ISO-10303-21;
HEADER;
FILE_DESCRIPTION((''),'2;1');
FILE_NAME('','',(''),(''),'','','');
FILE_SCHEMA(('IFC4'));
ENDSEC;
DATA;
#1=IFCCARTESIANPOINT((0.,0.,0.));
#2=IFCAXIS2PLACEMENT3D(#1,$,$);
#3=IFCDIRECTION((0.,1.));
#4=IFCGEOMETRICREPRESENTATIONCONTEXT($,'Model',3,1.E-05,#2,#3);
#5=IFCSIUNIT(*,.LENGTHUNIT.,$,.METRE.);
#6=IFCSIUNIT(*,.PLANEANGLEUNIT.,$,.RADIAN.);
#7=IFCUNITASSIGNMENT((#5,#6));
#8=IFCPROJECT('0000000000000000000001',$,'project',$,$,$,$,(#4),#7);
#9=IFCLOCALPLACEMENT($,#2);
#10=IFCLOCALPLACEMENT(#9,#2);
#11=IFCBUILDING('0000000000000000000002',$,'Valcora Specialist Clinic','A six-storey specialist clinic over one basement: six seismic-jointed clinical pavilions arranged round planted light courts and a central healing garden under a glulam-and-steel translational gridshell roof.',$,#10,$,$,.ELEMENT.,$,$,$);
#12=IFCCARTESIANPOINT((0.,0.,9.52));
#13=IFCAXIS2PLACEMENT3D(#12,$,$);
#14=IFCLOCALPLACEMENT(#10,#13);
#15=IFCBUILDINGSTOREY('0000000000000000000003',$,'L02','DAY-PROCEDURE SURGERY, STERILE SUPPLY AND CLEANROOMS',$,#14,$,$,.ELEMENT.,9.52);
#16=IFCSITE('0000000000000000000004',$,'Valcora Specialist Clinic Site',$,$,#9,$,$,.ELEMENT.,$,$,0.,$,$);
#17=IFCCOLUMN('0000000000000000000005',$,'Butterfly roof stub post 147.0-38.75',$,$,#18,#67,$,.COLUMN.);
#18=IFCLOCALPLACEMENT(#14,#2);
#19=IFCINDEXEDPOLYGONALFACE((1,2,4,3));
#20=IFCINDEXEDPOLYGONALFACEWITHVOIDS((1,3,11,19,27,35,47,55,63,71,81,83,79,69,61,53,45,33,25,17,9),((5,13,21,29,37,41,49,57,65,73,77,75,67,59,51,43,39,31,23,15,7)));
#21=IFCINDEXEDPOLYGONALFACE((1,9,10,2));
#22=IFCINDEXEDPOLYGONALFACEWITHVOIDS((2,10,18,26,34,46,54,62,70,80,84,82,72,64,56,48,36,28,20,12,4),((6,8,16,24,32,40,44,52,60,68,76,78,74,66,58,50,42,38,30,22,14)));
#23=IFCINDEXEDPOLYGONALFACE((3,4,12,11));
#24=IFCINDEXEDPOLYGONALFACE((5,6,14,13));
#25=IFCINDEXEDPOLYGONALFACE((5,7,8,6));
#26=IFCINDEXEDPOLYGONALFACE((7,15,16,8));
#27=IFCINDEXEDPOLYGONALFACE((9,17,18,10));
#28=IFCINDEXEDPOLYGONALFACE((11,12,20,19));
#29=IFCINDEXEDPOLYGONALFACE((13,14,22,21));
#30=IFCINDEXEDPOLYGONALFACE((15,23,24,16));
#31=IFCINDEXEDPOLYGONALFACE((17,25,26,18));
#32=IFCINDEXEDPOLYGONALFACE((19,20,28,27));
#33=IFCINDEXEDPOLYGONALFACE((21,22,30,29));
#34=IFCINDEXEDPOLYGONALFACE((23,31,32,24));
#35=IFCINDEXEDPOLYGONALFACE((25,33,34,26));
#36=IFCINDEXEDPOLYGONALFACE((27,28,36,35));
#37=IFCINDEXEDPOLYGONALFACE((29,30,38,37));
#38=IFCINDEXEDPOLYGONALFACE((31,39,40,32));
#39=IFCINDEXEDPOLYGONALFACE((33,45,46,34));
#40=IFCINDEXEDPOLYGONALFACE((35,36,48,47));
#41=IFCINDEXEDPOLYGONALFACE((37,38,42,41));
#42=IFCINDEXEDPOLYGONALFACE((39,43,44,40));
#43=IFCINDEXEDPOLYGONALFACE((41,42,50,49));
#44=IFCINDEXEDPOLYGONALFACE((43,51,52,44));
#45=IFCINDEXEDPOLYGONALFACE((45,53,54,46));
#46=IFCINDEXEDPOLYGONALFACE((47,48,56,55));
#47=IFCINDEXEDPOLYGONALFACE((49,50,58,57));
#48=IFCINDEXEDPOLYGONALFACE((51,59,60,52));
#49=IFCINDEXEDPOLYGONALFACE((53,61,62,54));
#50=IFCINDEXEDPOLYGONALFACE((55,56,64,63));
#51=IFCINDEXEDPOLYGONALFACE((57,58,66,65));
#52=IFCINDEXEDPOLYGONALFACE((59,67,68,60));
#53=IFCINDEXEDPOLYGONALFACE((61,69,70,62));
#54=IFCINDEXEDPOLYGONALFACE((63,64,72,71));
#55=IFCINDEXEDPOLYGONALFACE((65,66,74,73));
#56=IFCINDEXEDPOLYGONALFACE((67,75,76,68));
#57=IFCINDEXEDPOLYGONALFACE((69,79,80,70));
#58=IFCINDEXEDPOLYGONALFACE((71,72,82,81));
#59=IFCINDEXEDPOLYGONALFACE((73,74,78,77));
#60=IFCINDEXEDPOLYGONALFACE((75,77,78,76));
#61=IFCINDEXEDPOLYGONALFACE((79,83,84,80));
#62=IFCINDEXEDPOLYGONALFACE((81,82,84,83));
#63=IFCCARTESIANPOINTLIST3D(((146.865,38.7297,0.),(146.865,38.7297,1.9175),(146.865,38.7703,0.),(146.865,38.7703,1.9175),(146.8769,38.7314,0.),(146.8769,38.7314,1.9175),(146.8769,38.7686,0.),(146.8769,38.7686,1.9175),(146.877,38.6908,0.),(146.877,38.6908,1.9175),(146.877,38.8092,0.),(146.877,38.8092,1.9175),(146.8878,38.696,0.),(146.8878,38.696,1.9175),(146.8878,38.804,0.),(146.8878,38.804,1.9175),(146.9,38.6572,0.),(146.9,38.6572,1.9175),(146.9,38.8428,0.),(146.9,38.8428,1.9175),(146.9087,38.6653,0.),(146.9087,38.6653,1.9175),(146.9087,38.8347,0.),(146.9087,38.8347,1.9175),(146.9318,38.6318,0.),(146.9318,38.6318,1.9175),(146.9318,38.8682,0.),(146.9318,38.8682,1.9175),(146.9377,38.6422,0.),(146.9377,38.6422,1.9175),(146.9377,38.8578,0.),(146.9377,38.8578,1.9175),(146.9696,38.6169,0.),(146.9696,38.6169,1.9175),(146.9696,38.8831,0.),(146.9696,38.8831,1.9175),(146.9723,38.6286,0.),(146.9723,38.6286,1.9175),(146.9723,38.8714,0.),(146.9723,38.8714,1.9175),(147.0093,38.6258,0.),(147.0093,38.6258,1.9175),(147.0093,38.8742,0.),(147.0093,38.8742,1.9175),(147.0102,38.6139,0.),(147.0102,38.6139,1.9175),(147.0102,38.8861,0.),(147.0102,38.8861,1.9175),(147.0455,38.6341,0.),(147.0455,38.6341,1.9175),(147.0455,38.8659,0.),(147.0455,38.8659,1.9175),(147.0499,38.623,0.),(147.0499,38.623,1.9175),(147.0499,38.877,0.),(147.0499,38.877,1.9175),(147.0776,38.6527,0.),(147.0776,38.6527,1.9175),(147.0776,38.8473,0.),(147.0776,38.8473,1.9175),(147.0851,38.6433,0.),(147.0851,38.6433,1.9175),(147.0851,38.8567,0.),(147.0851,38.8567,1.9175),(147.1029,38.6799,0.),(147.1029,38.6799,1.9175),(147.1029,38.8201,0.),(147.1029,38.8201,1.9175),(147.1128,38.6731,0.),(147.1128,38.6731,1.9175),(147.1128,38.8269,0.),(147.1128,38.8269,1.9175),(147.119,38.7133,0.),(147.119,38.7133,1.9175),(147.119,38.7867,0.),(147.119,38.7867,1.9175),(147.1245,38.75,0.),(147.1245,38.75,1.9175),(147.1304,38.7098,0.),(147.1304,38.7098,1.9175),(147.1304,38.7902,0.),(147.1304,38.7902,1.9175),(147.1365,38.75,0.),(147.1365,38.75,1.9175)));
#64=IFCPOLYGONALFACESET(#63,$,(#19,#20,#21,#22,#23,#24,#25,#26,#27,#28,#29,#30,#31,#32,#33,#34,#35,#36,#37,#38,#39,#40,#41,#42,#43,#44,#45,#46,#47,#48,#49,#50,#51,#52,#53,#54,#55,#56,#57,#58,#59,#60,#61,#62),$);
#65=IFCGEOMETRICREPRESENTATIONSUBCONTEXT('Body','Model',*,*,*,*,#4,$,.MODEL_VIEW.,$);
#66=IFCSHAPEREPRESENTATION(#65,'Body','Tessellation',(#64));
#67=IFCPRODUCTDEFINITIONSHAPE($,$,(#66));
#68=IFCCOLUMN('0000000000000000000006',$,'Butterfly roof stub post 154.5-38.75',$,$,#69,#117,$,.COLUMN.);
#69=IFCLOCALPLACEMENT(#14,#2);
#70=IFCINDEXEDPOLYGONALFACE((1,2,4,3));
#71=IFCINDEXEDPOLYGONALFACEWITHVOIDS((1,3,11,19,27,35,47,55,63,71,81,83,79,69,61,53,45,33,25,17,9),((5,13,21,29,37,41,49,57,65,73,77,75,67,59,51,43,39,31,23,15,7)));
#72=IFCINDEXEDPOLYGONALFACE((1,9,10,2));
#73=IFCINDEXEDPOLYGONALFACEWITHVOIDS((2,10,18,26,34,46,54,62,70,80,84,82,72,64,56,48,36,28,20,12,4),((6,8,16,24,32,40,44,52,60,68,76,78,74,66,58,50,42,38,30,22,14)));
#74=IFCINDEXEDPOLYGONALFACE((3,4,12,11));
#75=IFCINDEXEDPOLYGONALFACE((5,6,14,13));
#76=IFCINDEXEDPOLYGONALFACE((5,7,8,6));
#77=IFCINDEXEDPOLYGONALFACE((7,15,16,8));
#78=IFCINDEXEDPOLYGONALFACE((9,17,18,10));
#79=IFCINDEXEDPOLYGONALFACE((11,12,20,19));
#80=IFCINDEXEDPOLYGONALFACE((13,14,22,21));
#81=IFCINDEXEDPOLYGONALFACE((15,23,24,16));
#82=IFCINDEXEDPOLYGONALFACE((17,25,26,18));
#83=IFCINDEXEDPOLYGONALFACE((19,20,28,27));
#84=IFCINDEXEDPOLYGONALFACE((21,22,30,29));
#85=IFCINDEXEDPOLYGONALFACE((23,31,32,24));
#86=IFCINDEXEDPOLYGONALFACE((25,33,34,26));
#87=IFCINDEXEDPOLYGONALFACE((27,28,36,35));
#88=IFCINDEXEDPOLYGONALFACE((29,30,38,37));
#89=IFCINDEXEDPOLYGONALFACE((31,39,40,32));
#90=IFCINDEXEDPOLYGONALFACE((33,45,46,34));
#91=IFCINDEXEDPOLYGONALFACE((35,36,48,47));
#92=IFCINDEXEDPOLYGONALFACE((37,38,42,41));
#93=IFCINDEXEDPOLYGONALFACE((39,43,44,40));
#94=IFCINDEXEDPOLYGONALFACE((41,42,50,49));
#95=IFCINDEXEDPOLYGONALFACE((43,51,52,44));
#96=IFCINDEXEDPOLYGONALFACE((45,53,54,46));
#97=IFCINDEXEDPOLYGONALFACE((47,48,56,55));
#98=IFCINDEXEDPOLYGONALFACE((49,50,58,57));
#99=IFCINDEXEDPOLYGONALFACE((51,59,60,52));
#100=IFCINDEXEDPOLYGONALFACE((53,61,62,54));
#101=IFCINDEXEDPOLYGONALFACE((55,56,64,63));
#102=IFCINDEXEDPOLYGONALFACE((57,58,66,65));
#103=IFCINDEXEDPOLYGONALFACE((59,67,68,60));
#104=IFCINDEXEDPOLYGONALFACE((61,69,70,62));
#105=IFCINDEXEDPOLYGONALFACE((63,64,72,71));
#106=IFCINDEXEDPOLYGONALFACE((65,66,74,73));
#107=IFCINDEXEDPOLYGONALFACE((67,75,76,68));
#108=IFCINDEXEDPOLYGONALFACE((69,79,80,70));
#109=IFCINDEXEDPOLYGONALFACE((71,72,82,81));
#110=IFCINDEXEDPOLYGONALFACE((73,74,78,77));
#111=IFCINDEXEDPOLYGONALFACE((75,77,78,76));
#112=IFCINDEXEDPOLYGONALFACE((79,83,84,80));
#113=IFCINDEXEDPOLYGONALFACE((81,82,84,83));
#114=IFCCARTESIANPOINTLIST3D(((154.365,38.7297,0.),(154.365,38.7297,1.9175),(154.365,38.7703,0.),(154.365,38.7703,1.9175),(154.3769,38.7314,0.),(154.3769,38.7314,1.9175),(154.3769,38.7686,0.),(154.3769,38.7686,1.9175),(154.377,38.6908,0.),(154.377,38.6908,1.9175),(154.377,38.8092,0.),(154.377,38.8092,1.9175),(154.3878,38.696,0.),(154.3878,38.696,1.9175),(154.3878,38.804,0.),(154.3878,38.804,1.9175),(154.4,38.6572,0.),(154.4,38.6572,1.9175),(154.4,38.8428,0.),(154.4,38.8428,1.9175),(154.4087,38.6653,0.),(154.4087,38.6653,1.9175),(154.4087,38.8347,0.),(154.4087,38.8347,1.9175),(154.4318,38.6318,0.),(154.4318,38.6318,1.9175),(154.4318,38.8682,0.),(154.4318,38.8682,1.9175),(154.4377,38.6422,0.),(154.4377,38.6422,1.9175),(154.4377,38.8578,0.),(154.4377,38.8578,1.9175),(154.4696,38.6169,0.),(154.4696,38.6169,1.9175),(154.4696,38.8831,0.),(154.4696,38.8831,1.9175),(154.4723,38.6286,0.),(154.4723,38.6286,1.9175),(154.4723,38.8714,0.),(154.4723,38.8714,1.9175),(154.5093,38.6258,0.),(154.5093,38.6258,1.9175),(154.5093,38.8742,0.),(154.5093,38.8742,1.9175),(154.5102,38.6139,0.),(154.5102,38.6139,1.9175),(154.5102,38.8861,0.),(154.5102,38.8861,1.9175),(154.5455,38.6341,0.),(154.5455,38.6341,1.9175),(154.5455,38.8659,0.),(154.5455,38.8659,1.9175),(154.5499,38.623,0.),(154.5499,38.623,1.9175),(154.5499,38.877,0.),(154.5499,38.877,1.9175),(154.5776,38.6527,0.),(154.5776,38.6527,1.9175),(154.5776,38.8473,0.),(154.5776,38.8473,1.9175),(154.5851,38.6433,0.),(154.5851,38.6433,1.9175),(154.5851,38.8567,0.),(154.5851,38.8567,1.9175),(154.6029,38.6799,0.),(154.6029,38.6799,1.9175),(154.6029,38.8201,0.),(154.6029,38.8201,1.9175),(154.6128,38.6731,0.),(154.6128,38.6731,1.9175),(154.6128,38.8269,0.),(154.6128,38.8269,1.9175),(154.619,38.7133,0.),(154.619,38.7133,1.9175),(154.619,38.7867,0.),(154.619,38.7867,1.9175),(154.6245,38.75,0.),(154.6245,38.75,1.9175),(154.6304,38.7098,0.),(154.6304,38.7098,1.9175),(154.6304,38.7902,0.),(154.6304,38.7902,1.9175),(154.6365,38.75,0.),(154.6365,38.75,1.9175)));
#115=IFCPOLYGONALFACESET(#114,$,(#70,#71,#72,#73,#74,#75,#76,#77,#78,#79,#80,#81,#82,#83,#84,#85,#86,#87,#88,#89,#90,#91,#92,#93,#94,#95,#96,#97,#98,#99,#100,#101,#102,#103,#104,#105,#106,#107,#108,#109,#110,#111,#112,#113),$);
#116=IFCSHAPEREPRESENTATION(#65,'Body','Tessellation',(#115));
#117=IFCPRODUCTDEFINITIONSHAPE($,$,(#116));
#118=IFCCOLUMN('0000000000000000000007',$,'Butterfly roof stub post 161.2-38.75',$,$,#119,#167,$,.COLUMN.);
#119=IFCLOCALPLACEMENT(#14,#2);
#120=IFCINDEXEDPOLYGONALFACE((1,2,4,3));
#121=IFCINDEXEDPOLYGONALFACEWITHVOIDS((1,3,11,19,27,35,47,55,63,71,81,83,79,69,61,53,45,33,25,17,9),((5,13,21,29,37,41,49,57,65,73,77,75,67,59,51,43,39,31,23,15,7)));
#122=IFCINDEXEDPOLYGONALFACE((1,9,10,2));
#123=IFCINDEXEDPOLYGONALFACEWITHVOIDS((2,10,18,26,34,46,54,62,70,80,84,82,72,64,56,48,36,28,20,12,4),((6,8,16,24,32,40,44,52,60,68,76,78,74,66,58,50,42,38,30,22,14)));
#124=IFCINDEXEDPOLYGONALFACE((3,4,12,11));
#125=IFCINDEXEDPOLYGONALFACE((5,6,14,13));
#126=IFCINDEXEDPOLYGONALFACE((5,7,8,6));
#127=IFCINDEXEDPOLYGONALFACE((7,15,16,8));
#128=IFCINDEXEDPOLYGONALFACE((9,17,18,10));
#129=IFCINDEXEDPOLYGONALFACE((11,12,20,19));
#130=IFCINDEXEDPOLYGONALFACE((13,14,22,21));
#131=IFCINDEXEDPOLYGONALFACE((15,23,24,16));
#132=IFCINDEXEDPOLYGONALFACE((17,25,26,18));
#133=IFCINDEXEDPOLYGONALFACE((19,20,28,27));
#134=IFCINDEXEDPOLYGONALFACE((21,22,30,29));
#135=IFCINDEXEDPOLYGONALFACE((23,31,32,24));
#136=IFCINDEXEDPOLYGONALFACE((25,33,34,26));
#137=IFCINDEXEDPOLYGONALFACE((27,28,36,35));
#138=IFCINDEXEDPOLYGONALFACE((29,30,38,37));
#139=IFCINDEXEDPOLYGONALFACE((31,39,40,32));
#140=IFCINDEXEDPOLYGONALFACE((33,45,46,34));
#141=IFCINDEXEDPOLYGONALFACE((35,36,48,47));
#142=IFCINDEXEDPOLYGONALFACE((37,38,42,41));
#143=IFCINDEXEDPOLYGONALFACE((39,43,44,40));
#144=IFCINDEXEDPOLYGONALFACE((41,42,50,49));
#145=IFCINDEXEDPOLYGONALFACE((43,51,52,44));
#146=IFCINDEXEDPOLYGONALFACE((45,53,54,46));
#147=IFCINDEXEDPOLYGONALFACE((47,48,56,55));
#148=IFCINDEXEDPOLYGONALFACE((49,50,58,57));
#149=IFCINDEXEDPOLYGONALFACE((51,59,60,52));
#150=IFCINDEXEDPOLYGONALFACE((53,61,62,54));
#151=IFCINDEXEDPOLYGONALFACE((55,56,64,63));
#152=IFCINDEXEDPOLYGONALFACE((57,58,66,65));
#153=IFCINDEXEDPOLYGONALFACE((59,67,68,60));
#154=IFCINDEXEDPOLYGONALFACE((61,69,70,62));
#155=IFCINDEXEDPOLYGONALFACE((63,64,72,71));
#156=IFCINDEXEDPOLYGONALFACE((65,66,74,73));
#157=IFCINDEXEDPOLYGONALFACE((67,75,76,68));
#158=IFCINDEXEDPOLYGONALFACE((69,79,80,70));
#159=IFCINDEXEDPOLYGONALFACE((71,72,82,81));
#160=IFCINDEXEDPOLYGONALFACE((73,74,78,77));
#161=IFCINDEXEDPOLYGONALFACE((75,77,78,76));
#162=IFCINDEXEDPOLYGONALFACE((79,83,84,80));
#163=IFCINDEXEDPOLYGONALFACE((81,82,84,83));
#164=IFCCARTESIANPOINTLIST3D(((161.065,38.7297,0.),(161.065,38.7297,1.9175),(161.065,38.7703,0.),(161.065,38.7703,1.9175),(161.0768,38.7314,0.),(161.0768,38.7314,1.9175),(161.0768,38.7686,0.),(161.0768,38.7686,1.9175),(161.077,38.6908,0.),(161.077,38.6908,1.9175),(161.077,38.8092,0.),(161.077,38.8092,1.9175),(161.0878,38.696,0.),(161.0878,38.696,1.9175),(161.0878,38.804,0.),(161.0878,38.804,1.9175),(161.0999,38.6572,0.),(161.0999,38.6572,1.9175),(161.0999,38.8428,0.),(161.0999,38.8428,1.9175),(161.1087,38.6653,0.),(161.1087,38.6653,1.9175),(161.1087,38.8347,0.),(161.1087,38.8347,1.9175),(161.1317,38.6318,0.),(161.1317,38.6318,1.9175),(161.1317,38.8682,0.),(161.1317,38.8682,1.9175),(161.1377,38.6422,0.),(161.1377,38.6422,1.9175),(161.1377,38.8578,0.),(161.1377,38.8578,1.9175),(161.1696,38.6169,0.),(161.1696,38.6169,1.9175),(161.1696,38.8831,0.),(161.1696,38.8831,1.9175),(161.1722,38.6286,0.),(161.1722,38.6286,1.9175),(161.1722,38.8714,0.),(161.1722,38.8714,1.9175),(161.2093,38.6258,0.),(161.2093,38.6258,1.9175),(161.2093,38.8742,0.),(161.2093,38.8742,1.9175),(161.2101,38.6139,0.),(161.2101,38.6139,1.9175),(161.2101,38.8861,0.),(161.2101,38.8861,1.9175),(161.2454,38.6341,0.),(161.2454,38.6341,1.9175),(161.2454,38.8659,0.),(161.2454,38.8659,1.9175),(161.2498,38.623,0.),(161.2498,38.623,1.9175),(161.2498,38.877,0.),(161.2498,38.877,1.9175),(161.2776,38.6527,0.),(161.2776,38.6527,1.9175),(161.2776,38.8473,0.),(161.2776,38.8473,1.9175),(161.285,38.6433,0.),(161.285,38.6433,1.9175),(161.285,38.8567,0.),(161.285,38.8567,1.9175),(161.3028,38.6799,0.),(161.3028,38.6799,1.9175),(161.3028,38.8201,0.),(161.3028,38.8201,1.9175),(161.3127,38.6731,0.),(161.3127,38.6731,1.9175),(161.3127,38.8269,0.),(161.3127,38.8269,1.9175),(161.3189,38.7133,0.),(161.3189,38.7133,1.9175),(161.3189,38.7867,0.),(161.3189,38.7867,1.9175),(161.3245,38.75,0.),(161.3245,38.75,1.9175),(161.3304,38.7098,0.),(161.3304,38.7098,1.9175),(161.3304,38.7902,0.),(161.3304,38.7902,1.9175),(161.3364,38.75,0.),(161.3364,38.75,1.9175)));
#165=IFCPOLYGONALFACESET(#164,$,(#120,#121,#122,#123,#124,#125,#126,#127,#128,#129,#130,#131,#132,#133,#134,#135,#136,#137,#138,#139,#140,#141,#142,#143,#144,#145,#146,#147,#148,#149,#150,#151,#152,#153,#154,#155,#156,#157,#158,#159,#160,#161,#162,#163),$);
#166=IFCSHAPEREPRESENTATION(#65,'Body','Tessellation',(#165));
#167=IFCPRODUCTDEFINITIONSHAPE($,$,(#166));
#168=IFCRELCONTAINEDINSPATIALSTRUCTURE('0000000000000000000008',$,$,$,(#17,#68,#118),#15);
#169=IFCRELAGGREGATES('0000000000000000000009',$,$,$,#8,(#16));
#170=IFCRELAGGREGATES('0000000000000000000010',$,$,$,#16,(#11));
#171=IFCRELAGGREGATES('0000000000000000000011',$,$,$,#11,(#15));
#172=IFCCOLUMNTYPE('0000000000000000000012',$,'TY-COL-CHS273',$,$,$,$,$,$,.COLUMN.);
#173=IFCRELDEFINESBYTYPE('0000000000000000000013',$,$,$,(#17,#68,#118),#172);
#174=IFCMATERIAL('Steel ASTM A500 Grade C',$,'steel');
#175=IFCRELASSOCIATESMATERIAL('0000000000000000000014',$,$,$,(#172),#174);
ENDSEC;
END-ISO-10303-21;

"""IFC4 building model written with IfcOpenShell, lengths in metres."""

from ifc_helpers import new_model, si_unit, direction, frame, origin, origin_2d, place, context, subcontext, project, spatial, hollow_circle, extrude, material, material_profile, profile_set, type_object, element, save


model = new_model("IFC4")

# Units and contexts
model_context = context("Model", 3, precision=1e-05, world=origin(), true_north=direction((0.0, 1.0)))
body_context = subcontext(model_context, "Body", "Model", "MODEL_VIEW")
ifc_project = project(units=[si_unit("LENGTHUNIT", "METRE"), si_unit("PLANEANGLEUNIT", "RADIAN")], contexts=[model_context])

# Site, building, storey
site_placement = place(None, origin())
site = spatial("IfcSite", under=ifc_project, at=site_placement, Name="Valcora Specialist Clinic Site", CompositionType="ELEMENT", RefElevation=0.0)
building_placement = place(site_placement, origin())
building = spatial("IfcBuilding", under=site, at=building_placement, Name="Valcora Specialist Clinic", Description="A six-storey specialist clinic over one basement: six seismic-jointed clinical pavilions arranged round planted light courts and a central healing garden under a glulam-and-steel translational gridshell roof.", CompositionType="ELEMENT")
storey_placement = place(building_placement, frame((0.0, 0.0, 9.52)))
storey = spatial("IfcBuildingStorey", under=building, at=storey_placement, Name="L02", Description="DAY-PROCEDURE SURGERY, STERILE SUPPLY AND CLEANROOMS", CompositionType="ELEMENT", Elevation=9.52)

# Columns
ifc_material_1 = material(Name="Steel ASTM A500 Grade C", Category="steel")
ifc_material_profile_1 = material_profile(ifc_material_1, hollow_circle(Radius=0.1365, WallThickness=0.012, at=origin_2d()), Name="ST-CHS-273X12")
ifc_profile_set_1 = profile_set([ifc_material_profile_1], Name="Steel ASTM A500 Grade C")
column_type = type_object("IfcColumnType", Name="TY-COL-CHS273", PredefinedType="COLUMN", material=ifc_profile_set_1)
for number, where, z_axis, x_axis, name in (
    (1, (147.0, 38.75, 0.0), (0.0, 0.0, 1.0), (1.0, 0.0, 0.0), "Butterfly roof stub post 147.0-38.75"),
    (2, (154.5, 38.75, 0.0), (0.0, 0.0, 1.0), (1.0, 0.0, 0.0), "Butterfly roof stub post 154.5-38.75"),
    (3, (161.2, 38.75, 0.0), (0.0, 0.0, 1.0), (1.0, 0.0, 0.0), "Butterfly roof stub post 161.2-38.75"),
):
    element("IfcColumn", number, at=place(storey_placement, frame(where, z_axis=z_axis, x_axis=x_axis)), inside=storey, type_object=column_type, Name=name, PredefinedType="COLUMN", context=body_context, shape_type="SweptSolid", body=[
        extrude(hollow_circle(Radius=0.1365, WallThickness=0.012, at=origin_2d()), origin(), (0.0, 0.0, 1.0), 1.9175),
    ])

save(model, "model.ifc")
